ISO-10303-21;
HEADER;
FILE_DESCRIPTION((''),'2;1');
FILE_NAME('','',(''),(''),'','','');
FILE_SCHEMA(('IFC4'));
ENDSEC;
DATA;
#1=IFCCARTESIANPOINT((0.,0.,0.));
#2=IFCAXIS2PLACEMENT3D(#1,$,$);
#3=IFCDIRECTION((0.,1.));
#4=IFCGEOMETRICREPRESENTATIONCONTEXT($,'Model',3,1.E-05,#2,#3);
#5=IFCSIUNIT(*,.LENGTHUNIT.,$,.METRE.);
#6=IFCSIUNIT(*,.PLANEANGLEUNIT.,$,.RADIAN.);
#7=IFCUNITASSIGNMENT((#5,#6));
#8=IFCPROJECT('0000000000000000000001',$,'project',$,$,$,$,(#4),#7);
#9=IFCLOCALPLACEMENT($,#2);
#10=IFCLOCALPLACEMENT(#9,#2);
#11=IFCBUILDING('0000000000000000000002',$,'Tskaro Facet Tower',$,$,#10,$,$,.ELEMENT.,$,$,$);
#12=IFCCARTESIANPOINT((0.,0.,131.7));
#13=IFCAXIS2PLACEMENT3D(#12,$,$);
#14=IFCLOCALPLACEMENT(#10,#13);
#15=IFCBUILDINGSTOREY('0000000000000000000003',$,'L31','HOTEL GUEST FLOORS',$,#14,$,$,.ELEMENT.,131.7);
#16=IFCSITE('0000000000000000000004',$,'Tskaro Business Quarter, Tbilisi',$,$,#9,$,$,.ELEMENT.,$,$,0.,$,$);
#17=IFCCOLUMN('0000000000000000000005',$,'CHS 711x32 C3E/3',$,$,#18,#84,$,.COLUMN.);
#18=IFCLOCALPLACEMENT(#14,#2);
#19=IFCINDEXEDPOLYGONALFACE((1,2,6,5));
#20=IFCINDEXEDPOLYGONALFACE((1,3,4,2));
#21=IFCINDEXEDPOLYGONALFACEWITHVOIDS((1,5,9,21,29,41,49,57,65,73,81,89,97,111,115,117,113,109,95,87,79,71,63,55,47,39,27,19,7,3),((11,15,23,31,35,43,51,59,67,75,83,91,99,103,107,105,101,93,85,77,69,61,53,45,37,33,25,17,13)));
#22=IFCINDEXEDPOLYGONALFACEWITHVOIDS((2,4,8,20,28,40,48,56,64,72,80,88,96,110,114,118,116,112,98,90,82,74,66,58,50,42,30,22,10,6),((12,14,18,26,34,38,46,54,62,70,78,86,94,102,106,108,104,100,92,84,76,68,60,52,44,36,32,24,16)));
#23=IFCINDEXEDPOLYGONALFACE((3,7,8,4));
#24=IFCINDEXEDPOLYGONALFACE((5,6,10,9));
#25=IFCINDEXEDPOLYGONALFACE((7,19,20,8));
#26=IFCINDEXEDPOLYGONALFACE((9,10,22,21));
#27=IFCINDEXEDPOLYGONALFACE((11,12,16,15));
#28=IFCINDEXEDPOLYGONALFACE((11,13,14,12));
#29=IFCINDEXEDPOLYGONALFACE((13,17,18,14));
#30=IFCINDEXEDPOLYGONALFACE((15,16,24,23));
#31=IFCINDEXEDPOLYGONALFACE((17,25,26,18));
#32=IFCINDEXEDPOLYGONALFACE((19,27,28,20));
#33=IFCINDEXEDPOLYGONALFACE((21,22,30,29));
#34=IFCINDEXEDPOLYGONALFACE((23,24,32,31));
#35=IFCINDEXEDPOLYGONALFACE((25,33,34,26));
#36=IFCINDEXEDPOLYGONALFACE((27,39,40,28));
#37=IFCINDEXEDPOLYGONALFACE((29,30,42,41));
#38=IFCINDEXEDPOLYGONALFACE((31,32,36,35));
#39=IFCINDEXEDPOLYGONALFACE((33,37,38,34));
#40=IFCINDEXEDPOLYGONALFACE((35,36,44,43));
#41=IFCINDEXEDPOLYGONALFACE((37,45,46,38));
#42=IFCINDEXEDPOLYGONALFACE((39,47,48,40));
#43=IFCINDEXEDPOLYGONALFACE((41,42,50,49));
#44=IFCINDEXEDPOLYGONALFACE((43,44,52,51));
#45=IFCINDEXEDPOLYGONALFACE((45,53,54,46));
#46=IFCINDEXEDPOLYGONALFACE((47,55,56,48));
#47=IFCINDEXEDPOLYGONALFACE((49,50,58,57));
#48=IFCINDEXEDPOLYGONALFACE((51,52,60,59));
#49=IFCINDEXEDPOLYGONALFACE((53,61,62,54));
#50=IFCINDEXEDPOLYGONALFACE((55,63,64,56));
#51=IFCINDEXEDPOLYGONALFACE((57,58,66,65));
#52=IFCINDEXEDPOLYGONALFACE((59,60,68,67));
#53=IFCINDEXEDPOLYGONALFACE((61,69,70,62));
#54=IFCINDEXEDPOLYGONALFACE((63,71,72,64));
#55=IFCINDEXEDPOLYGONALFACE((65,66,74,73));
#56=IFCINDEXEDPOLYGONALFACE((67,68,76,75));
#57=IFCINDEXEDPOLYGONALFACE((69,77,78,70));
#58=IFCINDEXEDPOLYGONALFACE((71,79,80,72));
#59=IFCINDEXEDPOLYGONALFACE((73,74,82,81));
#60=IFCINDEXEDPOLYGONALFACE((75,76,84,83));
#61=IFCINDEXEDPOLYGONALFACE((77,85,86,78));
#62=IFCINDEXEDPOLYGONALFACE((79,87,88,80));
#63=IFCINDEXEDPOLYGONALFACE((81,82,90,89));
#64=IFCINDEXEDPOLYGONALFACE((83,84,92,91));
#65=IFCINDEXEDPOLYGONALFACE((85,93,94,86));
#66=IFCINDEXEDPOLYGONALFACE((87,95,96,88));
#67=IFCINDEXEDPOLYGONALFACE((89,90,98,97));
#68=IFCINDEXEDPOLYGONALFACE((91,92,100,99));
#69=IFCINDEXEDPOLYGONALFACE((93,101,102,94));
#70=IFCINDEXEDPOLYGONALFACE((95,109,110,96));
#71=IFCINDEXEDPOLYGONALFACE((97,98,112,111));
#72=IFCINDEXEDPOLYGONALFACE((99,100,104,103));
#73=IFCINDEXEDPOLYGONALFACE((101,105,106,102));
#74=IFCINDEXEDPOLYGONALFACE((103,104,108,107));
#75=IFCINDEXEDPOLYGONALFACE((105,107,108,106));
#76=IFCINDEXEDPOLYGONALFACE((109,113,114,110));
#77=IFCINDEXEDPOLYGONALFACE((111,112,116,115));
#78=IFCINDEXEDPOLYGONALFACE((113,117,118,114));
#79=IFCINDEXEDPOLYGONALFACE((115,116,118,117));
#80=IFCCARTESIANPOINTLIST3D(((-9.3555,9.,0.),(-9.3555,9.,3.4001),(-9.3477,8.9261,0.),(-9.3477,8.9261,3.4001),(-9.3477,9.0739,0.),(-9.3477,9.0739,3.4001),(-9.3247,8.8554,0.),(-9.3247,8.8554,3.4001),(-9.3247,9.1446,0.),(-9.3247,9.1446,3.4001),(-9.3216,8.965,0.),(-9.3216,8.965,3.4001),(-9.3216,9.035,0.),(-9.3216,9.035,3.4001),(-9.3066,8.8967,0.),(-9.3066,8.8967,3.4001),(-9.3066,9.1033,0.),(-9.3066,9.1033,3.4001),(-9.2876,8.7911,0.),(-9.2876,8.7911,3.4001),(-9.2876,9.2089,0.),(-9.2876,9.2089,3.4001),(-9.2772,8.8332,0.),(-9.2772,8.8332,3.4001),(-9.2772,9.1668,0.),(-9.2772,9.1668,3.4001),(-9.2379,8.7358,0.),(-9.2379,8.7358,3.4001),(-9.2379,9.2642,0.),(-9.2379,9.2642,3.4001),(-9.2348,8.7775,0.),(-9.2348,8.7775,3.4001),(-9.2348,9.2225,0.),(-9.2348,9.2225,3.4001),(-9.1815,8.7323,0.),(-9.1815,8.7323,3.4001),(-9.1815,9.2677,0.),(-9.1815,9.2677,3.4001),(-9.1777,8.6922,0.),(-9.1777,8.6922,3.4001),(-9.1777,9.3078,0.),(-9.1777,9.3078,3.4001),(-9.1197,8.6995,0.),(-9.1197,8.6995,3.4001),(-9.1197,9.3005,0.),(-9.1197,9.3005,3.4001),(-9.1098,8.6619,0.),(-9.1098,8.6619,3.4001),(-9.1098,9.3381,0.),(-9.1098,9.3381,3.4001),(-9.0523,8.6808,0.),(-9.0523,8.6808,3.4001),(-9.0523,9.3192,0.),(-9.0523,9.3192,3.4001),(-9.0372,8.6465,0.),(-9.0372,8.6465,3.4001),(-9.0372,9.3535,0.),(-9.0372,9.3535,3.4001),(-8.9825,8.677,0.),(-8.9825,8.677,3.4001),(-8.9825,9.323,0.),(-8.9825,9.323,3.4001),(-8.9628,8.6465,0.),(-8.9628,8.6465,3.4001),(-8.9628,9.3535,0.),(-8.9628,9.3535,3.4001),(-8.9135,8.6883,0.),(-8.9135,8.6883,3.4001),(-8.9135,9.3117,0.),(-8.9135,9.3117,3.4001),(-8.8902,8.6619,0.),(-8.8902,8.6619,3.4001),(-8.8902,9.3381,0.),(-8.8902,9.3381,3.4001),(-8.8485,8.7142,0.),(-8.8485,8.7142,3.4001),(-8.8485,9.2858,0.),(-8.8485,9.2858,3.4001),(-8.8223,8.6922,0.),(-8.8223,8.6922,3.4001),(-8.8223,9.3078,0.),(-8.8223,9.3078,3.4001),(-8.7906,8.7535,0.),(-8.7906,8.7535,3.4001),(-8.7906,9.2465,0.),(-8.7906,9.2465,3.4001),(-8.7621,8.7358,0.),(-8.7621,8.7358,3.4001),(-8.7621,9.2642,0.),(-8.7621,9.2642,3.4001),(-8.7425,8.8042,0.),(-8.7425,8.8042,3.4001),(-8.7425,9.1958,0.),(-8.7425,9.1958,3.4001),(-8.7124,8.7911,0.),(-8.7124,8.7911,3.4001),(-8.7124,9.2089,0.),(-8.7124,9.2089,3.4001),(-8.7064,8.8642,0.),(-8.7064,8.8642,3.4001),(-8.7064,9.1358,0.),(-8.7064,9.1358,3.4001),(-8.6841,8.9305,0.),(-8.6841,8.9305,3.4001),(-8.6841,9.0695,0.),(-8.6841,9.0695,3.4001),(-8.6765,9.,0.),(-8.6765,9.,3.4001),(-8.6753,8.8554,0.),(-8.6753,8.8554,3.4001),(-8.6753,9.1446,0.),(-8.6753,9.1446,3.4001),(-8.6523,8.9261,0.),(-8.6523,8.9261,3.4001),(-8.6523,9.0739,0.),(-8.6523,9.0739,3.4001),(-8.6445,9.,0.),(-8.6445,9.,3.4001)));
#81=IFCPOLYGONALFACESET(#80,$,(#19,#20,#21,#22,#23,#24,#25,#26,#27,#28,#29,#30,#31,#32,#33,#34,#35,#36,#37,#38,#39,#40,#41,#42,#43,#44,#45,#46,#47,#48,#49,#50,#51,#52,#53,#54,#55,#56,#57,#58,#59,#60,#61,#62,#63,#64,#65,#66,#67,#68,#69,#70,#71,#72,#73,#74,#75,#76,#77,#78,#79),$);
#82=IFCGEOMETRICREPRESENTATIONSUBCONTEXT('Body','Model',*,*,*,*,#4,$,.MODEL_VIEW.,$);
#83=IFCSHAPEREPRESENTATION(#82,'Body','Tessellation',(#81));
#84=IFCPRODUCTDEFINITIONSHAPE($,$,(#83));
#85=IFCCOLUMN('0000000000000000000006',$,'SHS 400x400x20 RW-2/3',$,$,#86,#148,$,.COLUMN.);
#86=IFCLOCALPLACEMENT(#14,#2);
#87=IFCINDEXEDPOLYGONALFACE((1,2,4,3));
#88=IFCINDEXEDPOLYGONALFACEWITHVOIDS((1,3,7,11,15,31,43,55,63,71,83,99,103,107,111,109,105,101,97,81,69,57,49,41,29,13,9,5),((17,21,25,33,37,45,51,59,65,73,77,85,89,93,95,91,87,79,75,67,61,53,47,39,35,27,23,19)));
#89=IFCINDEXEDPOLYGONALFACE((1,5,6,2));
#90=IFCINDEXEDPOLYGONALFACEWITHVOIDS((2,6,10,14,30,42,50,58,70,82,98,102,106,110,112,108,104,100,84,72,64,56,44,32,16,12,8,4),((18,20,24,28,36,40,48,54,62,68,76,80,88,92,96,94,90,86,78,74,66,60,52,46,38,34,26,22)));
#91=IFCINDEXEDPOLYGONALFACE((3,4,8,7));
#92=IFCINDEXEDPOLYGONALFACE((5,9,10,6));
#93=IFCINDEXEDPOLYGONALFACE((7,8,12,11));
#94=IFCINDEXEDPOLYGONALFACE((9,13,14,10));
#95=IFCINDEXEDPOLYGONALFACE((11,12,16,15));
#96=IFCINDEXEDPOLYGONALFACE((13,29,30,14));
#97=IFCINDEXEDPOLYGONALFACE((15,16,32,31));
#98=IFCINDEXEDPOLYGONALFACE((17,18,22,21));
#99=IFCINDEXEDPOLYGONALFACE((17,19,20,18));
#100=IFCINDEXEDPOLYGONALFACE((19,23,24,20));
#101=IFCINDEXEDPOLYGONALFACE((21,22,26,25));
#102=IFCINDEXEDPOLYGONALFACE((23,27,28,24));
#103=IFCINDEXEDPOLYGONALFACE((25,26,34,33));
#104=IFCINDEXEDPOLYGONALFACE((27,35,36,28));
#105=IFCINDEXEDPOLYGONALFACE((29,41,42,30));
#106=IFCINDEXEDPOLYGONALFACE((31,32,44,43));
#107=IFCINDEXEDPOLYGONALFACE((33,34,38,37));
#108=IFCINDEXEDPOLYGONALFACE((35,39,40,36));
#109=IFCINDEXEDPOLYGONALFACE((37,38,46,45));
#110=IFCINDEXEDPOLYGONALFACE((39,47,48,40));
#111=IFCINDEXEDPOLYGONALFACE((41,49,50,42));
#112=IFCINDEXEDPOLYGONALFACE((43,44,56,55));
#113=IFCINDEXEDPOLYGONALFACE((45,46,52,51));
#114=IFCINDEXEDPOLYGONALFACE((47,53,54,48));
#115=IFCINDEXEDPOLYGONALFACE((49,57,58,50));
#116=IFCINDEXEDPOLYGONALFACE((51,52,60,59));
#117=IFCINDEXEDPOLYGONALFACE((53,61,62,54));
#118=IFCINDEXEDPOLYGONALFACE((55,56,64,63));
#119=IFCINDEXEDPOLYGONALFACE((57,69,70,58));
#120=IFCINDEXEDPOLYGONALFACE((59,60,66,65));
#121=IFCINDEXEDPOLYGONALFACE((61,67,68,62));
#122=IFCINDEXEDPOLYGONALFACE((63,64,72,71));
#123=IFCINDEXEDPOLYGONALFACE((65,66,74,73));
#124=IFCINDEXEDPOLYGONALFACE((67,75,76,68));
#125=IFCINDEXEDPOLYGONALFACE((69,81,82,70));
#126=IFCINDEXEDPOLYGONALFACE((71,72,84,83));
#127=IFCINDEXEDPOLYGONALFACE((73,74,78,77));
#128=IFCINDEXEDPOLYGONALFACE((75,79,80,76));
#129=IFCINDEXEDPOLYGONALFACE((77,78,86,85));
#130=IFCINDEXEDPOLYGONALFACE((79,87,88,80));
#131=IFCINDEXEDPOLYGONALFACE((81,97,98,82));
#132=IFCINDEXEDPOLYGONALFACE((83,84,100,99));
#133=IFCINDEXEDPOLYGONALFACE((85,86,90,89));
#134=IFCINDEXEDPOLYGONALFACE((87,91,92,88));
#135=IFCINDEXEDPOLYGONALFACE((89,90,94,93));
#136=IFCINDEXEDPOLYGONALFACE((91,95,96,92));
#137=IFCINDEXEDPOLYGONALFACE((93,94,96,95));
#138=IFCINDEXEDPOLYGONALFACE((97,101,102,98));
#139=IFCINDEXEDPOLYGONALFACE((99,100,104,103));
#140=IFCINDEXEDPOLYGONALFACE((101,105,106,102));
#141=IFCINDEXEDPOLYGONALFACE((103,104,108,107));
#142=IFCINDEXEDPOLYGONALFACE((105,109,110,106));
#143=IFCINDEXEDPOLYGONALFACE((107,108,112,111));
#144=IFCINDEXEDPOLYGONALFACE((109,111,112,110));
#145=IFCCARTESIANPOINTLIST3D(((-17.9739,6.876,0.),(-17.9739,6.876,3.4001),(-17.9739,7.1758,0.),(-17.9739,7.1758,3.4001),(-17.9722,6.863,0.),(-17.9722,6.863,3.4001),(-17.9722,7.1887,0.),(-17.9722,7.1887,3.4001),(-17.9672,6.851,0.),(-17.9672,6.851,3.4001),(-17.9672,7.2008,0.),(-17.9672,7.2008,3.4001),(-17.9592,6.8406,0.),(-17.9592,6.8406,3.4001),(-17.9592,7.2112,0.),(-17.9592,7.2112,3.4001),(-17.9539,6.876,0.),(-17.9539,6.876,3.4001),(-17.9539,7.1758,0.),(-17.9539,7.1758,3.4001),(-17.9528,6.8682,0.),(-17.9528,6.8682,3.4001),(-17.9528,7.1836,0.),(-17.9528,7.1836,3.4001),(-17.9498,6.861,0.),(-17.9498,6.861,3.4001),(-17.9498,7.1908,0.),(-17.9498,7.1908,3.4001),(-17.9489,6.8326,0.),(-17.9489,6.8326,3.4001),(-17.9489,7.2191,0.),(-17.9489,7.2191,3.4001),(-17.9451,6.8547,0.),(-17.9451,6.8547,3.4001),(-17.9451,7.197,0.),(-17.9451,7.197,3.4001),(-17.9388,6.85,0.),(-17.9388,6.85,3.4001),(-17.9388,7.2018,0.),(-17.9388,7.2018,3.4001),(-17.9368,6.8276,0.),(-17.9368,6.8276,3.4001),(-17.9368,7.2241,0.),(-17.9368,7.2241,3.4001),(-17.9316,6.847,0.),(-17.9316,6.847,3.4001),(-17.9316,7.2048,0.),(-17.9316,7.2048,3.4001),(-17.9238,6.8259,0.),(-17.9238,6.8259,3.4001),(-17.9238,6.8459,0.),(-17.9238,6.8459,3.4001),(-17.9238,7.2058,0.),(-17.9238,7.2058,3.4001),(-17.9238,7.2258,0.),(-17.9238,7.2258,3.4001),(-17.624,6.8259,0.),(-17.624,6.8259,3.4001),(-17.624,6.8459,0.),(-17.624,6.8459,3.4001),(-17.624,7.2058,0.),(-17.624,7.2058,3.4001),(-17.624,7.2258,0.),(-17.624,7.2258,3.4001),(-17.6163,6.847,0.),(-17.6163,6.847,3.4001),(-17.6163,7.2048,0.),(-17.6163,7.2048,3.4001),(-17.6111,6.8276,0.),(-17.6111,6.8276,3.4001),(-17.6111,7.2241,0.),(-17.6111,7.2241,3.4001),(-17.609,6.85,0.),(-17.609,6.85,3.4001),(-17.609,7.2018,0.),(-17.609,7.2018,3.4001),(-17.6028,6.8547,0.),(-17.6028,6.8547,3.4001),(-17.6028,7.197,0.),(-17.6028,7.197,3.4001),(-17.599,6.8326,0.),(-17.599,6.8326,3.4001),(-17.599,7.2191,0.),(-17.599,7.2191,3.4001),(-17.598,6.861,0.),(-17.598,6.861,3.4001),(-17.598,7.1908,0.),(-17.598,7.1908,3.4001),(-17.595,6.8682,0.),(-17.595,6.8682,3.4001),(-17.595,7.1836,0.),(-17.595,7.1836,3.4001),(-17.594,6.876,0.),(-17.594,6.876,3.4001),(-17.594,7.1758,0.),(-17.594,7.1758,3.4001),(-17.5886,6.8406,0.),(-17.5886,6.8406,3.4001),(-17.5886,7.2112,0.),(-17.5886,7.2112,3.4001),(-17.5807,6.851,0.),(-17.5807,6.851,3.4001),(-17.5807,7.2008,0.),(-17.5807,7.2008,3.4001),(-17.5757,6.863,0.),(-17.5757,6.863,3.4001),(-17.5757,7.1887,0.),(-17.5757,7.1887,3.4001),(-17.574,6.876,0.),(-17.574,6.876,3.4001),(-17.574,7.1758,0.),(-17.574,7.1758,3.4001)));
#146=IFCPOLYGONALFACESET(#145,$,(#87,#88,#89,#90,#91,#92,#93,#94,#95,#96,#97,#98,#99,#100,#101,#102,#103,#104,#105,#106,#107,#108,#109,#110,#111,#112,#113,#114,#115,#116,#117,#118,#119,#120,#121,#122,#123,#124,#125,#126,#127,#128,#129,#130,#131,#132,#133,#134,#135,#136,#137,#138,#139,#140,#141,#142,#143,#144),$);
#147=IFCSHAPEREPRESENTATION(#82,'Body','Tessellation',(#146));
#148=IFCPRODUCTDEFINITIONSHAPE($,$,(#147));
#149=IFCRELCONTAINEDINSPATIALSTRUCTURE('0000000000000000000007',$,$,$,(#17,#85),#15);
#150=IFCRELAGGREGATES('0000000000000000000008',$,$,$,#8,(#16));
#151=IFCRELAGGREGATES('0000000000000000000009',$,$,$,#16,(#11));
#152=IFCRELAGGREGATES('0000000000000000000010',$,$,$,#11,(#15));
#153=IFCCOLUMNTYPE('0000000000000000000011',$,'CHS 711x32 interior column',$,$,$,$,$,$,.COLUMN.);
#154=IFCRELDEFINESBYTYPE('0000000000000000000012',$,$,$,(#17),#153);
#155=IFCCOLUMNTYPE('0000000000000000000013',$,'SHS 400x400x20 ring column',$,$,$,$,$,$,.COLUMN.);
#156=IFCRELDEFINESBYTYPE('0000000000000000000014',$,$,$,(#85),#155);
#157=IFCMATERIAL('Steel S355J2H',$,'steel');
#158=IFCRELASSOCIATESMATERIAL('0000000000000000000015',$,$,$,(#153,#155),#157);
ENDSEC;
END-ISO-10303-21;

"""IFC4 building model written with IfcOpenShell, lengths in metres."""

from ifc_helpers import new_model, si_unit, direction, frame, origin, origin_2d, place, context, subcontext, project, spatial, hollow_rectangle, hollow_circle, extrude, material, material_profile, profile_set, type_object, element, save


model = new_model("IFC4")

# Units and contexts
model_context = context("Model", 3, precision=1e-05, world=origin(), true_north=direction((0.0, 1.0)))
body_context = subcontext(model_context, "Body", "Model", "MODEL_VIEW")
ifc_project = project(units=[si_unit("LENGTHUNIT", "METRE"), si_unit("PLANEANGLEUNIT", "RADIAN")], contexts=[model_context])

# Site, building, storey
site_placement = place(None, origin())
site = spatial("IfcSite", under=ifc_project, at=site_placement, Name="Tskaro Business Quarter, Tbilisi", CompositionType="ELEMENT", RefElevation=0.0)
building_placement = place(site_placement, origin())
building = spatial("IfcBuilding", under=site, at=building_placement, Name="Tskaro Facet Tower", CompositionType="ELEMENT")
storey_placement = place(building_placement, frame((0.0, 0.0, 131.7)))
storey = spatial("IfcBuildingStorey", under=building, at=storey_placement, Name="L31", Description="HOTEL GUEST FLOORS", CompositionType="ELEMENT", Elevation=131.7)

# Columns
ifc_material_1 = material(Name="Steel S355J2H", Category="steel")
ifc_material_profile_1 = material_profile(ifc_material_1, hollow_circle(Radius=0.3555, WallThickness=0.032, at=origin_2d()), Name="CHS 711x32")
ifc_profile_set_1 = profile_set([ifc_material_profile_1], Name="Steel S355J2H")
column_type_1 = type_object("IfcColumnType", Name="CHS 711x32 interior column", PredefinedType="COLUMN", material=ifc_profile_set_1)
column_1_placement = place(storey_placement, frame((-9.0, 9.0, 0.0), z_axis=(0.0, 0.0, 1.0), x_axis=(1.0, 0.0, 0.0)))
element("IfcColumn", 1, at=column_1_placement, inside=storey, type_object=column_type_1, Name="CHS 711x32 C3E/3", PredefinedType="COLUMN", context=body_context, shape_type="SweptSolid", body=[
    extrude(hollow_circle(Radius=0.3555, WallThickness=0.032, at=origin_2d()), origin(), (0.0, 0.0, 1.0), 3.4001),
])
ifc_material_profile_2 = material_profile(ifc_material_1, hollow_rectangle(XDim=0.3999, YDim=0.3999, WallThickness=0.02, InnerFilletRadius=0.03, OuterFilletRadius=0.05, at=origin_2d()), Name="SHS 400x400x20")
ifc_profile_set_2 = profile_set([ifc_material_profile_2], Name="Steel S355J2H")
column_type_2 = type_object("IfcColumnType", Name="SHS 400x400x20 ring column", PredefinedType="COLUMN", material=ifc_profile_set_2)
column_2_placement = place(storey_placement, frame((-17.7739, 7.0259, 0.0), z_axis=(0.0, 0.0, 1.0), x_axis=(1.0, 0.0, 0.0)))
element("IfcColumn", 2, at=column_2_placement, inside=storey, type_object=column_type_2, Name="SHS 400x400x20 RW-2/3", PredefinedType="COLUMN", context=body_context, shape_type="SweptSolid", body=[
    extrude(hollow_rectangle(XDim=0.3999, YDim=0.3999, WallThickness=0.02, InnerFilletRadius=0.03, OuterFilletRadius=0.05, at=origin_2d()), origin(), (0.0, 0.0, 1.0), 3.4001),
])

save(model, "model.ifc")
